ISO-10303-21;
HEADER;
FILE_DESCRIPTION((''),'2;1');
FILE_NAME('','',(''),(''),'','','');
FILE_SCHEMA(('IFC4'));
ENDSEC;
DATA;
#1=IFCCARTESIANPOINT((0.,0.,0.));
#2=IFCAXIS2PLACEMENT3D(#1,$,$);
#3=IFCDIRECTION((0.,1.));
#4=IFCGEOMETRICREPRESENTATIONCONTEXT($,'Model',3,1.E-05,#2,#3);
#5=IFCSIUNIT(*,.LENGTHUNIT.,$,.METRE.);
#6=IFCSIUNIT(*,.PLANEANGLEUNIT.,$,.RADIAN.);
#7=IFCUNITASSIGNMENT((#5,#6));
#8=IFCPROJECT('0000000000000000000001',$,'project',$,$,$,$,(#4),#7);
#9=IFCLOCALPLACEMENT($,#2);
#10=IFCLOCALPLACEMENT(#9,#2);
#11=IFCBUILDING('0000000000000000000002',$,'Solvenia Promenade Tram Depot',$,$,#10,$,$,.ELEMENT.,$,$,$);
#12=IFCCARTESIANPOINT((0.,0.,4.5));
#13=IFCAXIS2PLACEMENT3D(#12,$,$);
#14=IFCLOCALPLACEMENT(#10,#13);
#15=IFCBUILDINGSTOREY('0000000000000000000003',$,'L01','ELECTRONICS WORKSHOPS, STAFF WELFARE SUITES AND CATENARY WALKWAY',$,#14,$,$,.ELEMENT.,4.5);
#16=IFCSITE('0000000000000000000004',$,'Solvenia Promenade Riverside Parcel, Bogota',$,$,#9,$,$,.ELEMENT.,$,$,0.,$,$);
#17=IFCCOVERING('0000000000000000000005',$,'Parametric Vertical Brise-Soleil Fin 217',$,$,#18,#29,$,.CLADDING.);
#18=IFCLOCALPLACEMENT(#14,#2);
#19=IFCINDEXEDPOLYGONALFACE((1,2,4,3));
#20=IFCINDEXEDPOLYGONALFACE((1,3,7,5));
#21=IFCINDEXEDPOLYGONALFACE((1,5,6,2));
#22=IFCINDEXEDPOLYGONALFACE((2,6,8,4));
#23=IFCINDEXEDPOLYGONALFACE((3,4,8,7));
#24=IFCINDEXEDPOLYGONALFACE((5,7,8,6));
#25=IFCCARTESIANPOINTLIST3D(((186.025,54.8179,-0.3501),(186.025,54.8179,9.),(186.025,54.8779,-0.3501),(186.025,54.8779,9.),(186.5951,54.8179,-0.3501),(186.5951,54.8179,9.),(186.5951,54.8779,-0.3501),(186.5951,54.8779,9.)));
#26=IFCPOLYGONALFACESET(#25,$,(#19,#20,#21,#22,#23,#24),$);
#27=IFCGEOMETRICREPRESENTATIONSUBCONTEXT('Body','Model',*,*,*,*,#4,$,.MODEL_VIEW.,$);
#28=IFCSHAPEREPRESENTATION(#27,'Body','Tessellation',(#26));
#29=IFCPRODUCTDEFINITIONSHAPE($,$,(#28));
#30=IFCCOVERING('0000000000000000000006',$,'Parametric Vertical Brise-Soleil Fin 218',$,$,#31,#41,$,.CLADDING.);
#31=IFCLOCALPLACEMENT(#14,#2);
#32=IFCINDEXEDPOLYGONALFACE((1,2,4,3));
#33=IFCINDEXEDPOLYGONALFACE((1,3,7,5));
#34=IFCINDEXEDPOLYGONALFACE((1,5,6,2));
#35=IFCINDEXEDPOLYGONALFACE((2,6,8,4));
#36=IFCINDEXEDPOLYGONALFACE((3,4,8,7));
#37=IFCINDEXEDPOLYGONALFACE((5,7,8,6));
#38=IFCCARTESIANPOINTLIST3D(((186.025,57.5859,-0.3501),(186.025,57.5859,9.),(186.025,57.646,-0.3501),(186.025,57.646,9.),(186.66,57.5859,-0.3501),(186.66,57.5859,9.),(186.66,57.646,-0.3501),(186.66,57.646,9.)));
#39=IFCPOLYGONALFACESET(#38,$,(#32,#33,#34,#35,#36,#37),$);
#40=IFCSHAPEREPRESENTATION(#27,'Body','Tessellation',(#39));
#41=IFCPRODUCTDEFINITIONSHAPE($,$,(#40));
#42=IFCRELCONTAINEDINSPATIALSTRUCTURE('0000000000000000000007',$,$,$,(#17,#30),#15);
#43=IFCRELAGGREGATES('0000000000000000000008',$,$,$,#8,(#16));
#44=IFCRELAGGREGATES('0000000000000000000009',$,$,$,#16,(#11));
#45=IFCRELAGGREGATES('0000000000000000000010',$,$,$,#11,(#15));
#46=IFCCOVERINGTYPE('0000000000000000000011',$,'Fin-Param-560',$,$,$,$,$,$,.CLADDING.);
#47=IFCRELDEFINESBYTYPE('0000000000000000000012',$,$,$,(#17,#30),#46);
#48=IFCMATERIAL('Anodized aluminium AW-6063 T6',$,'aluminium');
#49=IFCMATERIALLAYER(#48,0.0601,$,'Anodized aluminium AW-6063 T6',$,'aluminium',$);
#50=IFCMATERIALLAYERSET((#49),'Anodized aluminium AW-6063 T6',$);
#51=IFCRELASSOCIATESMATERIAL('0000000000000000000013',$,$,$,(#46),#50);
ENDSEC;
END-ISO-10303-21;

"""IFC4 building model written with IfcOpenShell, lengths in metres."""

from ifc_helpers import new_model, si_unit, direction, frame, origin, origin_2d, place, context, subcontext, project, spatial, rectangle, extrude, material, layer, layer_set, type_object, element, save


model = new_model("IFC4")

# Units and contexts
model_context = context("Model", 3, precision=1e-05, world=origin(), true_north=direction((0.0, 1.0)))
body_context = subcontext(model_context, "Body", "Model", "MODEL_VIEW")
ifc_project = project(units=[si_unit("LENGTHUNIT", "METRE"), si_unit("PLANEANGLEUNIT", "RADIAN")], contexts=[model_context])

# Site, building, storey
site_placement = place(None, origin())
site = spatial("IfcSite", under=ifc_project, at=site_placement, Name="Solvenia Promenade Riverside Parcel, Bogota", CompositionType="ELEMENT", RefElevation=0.0)
building_placement = place(site_placement, origin())
building = spatial("IfcBuilding", under=site, at=building_placement, Name="Solvenia Promenade Tram Depot", CompositionType="ELEMENT")
storey_placement = place(building_placement, frame((0.0, 0.0, 4.5)))
storey = spatial("IfcBuildingStorey", under=building, at=storey_placement, Name="L01", Description="ELECTRONICS WORKSHOPS, STAFF WELFARE SUITES AND CATENARY WALKWAY", CompositionType="ELEMENT", Elevation=4.5)

# Shared definitions
ifc_material_1 = material(Name="Anodized aluminium AW-6063 T6", Category="aluminium")

# Coverings
ifc_layer_1 = layer(ifc_material_1, 0.0601, Name="Anodized aluminium AW-6063 T6", Category="aluminium")
ifc_layer_set_1 = layer_set([ifc_layer_1], Name="Anodized aluminium AW-6063 T6")
covering_type = type_object("IfcCoveringType", Name="Fin-Param-560", PredefinedType="CLADDING", material=ifc_layer_set_1)
covering_1_placement = place(storey_placement, frame((186.3101, 54.8479, -0.3501), z_axis=(0.0, 0.0, 1.0), x_axis=(0.0, 1.0, 0.0)))
element("IfcCovering", 1, at=covering_1_placement, inside=storey, type_object=covering_type, Name="Parametric Vertical Brise-Soleil Fin 217", PredefinedType="CLADDING", context=body_context, shape_type="SweptSolid", body=[
    extrude(rectangle(XDim=0.0601, YDim=0.5701, at=origin_2d()), origin(), (0.0, 0.0, 1.0), 9.3501),
])
covering_2_placement = place(storey_placement, frame((186.3425, 57.616, -0.3501), z_axis=(0.0, 0.0, 1.0), x_axis=(0.0, 1.0, 0.0)))
element("IfcCovering", 2, at=covering_2_placement, inside=storey, type_object=covering_type, Name="Parametric Vertical Brise-Soleil Fin 218", PredefinedType="CLADDING", context=body_context, shape_type="SweptSolid", body=[
    extrude(rectangle(XDim=0.0601, YDim=0.635, at=origin_2d()), origin(), (0.0, 0.0, 1.0), 9.3501),
])

save(model, "model.ifc")
